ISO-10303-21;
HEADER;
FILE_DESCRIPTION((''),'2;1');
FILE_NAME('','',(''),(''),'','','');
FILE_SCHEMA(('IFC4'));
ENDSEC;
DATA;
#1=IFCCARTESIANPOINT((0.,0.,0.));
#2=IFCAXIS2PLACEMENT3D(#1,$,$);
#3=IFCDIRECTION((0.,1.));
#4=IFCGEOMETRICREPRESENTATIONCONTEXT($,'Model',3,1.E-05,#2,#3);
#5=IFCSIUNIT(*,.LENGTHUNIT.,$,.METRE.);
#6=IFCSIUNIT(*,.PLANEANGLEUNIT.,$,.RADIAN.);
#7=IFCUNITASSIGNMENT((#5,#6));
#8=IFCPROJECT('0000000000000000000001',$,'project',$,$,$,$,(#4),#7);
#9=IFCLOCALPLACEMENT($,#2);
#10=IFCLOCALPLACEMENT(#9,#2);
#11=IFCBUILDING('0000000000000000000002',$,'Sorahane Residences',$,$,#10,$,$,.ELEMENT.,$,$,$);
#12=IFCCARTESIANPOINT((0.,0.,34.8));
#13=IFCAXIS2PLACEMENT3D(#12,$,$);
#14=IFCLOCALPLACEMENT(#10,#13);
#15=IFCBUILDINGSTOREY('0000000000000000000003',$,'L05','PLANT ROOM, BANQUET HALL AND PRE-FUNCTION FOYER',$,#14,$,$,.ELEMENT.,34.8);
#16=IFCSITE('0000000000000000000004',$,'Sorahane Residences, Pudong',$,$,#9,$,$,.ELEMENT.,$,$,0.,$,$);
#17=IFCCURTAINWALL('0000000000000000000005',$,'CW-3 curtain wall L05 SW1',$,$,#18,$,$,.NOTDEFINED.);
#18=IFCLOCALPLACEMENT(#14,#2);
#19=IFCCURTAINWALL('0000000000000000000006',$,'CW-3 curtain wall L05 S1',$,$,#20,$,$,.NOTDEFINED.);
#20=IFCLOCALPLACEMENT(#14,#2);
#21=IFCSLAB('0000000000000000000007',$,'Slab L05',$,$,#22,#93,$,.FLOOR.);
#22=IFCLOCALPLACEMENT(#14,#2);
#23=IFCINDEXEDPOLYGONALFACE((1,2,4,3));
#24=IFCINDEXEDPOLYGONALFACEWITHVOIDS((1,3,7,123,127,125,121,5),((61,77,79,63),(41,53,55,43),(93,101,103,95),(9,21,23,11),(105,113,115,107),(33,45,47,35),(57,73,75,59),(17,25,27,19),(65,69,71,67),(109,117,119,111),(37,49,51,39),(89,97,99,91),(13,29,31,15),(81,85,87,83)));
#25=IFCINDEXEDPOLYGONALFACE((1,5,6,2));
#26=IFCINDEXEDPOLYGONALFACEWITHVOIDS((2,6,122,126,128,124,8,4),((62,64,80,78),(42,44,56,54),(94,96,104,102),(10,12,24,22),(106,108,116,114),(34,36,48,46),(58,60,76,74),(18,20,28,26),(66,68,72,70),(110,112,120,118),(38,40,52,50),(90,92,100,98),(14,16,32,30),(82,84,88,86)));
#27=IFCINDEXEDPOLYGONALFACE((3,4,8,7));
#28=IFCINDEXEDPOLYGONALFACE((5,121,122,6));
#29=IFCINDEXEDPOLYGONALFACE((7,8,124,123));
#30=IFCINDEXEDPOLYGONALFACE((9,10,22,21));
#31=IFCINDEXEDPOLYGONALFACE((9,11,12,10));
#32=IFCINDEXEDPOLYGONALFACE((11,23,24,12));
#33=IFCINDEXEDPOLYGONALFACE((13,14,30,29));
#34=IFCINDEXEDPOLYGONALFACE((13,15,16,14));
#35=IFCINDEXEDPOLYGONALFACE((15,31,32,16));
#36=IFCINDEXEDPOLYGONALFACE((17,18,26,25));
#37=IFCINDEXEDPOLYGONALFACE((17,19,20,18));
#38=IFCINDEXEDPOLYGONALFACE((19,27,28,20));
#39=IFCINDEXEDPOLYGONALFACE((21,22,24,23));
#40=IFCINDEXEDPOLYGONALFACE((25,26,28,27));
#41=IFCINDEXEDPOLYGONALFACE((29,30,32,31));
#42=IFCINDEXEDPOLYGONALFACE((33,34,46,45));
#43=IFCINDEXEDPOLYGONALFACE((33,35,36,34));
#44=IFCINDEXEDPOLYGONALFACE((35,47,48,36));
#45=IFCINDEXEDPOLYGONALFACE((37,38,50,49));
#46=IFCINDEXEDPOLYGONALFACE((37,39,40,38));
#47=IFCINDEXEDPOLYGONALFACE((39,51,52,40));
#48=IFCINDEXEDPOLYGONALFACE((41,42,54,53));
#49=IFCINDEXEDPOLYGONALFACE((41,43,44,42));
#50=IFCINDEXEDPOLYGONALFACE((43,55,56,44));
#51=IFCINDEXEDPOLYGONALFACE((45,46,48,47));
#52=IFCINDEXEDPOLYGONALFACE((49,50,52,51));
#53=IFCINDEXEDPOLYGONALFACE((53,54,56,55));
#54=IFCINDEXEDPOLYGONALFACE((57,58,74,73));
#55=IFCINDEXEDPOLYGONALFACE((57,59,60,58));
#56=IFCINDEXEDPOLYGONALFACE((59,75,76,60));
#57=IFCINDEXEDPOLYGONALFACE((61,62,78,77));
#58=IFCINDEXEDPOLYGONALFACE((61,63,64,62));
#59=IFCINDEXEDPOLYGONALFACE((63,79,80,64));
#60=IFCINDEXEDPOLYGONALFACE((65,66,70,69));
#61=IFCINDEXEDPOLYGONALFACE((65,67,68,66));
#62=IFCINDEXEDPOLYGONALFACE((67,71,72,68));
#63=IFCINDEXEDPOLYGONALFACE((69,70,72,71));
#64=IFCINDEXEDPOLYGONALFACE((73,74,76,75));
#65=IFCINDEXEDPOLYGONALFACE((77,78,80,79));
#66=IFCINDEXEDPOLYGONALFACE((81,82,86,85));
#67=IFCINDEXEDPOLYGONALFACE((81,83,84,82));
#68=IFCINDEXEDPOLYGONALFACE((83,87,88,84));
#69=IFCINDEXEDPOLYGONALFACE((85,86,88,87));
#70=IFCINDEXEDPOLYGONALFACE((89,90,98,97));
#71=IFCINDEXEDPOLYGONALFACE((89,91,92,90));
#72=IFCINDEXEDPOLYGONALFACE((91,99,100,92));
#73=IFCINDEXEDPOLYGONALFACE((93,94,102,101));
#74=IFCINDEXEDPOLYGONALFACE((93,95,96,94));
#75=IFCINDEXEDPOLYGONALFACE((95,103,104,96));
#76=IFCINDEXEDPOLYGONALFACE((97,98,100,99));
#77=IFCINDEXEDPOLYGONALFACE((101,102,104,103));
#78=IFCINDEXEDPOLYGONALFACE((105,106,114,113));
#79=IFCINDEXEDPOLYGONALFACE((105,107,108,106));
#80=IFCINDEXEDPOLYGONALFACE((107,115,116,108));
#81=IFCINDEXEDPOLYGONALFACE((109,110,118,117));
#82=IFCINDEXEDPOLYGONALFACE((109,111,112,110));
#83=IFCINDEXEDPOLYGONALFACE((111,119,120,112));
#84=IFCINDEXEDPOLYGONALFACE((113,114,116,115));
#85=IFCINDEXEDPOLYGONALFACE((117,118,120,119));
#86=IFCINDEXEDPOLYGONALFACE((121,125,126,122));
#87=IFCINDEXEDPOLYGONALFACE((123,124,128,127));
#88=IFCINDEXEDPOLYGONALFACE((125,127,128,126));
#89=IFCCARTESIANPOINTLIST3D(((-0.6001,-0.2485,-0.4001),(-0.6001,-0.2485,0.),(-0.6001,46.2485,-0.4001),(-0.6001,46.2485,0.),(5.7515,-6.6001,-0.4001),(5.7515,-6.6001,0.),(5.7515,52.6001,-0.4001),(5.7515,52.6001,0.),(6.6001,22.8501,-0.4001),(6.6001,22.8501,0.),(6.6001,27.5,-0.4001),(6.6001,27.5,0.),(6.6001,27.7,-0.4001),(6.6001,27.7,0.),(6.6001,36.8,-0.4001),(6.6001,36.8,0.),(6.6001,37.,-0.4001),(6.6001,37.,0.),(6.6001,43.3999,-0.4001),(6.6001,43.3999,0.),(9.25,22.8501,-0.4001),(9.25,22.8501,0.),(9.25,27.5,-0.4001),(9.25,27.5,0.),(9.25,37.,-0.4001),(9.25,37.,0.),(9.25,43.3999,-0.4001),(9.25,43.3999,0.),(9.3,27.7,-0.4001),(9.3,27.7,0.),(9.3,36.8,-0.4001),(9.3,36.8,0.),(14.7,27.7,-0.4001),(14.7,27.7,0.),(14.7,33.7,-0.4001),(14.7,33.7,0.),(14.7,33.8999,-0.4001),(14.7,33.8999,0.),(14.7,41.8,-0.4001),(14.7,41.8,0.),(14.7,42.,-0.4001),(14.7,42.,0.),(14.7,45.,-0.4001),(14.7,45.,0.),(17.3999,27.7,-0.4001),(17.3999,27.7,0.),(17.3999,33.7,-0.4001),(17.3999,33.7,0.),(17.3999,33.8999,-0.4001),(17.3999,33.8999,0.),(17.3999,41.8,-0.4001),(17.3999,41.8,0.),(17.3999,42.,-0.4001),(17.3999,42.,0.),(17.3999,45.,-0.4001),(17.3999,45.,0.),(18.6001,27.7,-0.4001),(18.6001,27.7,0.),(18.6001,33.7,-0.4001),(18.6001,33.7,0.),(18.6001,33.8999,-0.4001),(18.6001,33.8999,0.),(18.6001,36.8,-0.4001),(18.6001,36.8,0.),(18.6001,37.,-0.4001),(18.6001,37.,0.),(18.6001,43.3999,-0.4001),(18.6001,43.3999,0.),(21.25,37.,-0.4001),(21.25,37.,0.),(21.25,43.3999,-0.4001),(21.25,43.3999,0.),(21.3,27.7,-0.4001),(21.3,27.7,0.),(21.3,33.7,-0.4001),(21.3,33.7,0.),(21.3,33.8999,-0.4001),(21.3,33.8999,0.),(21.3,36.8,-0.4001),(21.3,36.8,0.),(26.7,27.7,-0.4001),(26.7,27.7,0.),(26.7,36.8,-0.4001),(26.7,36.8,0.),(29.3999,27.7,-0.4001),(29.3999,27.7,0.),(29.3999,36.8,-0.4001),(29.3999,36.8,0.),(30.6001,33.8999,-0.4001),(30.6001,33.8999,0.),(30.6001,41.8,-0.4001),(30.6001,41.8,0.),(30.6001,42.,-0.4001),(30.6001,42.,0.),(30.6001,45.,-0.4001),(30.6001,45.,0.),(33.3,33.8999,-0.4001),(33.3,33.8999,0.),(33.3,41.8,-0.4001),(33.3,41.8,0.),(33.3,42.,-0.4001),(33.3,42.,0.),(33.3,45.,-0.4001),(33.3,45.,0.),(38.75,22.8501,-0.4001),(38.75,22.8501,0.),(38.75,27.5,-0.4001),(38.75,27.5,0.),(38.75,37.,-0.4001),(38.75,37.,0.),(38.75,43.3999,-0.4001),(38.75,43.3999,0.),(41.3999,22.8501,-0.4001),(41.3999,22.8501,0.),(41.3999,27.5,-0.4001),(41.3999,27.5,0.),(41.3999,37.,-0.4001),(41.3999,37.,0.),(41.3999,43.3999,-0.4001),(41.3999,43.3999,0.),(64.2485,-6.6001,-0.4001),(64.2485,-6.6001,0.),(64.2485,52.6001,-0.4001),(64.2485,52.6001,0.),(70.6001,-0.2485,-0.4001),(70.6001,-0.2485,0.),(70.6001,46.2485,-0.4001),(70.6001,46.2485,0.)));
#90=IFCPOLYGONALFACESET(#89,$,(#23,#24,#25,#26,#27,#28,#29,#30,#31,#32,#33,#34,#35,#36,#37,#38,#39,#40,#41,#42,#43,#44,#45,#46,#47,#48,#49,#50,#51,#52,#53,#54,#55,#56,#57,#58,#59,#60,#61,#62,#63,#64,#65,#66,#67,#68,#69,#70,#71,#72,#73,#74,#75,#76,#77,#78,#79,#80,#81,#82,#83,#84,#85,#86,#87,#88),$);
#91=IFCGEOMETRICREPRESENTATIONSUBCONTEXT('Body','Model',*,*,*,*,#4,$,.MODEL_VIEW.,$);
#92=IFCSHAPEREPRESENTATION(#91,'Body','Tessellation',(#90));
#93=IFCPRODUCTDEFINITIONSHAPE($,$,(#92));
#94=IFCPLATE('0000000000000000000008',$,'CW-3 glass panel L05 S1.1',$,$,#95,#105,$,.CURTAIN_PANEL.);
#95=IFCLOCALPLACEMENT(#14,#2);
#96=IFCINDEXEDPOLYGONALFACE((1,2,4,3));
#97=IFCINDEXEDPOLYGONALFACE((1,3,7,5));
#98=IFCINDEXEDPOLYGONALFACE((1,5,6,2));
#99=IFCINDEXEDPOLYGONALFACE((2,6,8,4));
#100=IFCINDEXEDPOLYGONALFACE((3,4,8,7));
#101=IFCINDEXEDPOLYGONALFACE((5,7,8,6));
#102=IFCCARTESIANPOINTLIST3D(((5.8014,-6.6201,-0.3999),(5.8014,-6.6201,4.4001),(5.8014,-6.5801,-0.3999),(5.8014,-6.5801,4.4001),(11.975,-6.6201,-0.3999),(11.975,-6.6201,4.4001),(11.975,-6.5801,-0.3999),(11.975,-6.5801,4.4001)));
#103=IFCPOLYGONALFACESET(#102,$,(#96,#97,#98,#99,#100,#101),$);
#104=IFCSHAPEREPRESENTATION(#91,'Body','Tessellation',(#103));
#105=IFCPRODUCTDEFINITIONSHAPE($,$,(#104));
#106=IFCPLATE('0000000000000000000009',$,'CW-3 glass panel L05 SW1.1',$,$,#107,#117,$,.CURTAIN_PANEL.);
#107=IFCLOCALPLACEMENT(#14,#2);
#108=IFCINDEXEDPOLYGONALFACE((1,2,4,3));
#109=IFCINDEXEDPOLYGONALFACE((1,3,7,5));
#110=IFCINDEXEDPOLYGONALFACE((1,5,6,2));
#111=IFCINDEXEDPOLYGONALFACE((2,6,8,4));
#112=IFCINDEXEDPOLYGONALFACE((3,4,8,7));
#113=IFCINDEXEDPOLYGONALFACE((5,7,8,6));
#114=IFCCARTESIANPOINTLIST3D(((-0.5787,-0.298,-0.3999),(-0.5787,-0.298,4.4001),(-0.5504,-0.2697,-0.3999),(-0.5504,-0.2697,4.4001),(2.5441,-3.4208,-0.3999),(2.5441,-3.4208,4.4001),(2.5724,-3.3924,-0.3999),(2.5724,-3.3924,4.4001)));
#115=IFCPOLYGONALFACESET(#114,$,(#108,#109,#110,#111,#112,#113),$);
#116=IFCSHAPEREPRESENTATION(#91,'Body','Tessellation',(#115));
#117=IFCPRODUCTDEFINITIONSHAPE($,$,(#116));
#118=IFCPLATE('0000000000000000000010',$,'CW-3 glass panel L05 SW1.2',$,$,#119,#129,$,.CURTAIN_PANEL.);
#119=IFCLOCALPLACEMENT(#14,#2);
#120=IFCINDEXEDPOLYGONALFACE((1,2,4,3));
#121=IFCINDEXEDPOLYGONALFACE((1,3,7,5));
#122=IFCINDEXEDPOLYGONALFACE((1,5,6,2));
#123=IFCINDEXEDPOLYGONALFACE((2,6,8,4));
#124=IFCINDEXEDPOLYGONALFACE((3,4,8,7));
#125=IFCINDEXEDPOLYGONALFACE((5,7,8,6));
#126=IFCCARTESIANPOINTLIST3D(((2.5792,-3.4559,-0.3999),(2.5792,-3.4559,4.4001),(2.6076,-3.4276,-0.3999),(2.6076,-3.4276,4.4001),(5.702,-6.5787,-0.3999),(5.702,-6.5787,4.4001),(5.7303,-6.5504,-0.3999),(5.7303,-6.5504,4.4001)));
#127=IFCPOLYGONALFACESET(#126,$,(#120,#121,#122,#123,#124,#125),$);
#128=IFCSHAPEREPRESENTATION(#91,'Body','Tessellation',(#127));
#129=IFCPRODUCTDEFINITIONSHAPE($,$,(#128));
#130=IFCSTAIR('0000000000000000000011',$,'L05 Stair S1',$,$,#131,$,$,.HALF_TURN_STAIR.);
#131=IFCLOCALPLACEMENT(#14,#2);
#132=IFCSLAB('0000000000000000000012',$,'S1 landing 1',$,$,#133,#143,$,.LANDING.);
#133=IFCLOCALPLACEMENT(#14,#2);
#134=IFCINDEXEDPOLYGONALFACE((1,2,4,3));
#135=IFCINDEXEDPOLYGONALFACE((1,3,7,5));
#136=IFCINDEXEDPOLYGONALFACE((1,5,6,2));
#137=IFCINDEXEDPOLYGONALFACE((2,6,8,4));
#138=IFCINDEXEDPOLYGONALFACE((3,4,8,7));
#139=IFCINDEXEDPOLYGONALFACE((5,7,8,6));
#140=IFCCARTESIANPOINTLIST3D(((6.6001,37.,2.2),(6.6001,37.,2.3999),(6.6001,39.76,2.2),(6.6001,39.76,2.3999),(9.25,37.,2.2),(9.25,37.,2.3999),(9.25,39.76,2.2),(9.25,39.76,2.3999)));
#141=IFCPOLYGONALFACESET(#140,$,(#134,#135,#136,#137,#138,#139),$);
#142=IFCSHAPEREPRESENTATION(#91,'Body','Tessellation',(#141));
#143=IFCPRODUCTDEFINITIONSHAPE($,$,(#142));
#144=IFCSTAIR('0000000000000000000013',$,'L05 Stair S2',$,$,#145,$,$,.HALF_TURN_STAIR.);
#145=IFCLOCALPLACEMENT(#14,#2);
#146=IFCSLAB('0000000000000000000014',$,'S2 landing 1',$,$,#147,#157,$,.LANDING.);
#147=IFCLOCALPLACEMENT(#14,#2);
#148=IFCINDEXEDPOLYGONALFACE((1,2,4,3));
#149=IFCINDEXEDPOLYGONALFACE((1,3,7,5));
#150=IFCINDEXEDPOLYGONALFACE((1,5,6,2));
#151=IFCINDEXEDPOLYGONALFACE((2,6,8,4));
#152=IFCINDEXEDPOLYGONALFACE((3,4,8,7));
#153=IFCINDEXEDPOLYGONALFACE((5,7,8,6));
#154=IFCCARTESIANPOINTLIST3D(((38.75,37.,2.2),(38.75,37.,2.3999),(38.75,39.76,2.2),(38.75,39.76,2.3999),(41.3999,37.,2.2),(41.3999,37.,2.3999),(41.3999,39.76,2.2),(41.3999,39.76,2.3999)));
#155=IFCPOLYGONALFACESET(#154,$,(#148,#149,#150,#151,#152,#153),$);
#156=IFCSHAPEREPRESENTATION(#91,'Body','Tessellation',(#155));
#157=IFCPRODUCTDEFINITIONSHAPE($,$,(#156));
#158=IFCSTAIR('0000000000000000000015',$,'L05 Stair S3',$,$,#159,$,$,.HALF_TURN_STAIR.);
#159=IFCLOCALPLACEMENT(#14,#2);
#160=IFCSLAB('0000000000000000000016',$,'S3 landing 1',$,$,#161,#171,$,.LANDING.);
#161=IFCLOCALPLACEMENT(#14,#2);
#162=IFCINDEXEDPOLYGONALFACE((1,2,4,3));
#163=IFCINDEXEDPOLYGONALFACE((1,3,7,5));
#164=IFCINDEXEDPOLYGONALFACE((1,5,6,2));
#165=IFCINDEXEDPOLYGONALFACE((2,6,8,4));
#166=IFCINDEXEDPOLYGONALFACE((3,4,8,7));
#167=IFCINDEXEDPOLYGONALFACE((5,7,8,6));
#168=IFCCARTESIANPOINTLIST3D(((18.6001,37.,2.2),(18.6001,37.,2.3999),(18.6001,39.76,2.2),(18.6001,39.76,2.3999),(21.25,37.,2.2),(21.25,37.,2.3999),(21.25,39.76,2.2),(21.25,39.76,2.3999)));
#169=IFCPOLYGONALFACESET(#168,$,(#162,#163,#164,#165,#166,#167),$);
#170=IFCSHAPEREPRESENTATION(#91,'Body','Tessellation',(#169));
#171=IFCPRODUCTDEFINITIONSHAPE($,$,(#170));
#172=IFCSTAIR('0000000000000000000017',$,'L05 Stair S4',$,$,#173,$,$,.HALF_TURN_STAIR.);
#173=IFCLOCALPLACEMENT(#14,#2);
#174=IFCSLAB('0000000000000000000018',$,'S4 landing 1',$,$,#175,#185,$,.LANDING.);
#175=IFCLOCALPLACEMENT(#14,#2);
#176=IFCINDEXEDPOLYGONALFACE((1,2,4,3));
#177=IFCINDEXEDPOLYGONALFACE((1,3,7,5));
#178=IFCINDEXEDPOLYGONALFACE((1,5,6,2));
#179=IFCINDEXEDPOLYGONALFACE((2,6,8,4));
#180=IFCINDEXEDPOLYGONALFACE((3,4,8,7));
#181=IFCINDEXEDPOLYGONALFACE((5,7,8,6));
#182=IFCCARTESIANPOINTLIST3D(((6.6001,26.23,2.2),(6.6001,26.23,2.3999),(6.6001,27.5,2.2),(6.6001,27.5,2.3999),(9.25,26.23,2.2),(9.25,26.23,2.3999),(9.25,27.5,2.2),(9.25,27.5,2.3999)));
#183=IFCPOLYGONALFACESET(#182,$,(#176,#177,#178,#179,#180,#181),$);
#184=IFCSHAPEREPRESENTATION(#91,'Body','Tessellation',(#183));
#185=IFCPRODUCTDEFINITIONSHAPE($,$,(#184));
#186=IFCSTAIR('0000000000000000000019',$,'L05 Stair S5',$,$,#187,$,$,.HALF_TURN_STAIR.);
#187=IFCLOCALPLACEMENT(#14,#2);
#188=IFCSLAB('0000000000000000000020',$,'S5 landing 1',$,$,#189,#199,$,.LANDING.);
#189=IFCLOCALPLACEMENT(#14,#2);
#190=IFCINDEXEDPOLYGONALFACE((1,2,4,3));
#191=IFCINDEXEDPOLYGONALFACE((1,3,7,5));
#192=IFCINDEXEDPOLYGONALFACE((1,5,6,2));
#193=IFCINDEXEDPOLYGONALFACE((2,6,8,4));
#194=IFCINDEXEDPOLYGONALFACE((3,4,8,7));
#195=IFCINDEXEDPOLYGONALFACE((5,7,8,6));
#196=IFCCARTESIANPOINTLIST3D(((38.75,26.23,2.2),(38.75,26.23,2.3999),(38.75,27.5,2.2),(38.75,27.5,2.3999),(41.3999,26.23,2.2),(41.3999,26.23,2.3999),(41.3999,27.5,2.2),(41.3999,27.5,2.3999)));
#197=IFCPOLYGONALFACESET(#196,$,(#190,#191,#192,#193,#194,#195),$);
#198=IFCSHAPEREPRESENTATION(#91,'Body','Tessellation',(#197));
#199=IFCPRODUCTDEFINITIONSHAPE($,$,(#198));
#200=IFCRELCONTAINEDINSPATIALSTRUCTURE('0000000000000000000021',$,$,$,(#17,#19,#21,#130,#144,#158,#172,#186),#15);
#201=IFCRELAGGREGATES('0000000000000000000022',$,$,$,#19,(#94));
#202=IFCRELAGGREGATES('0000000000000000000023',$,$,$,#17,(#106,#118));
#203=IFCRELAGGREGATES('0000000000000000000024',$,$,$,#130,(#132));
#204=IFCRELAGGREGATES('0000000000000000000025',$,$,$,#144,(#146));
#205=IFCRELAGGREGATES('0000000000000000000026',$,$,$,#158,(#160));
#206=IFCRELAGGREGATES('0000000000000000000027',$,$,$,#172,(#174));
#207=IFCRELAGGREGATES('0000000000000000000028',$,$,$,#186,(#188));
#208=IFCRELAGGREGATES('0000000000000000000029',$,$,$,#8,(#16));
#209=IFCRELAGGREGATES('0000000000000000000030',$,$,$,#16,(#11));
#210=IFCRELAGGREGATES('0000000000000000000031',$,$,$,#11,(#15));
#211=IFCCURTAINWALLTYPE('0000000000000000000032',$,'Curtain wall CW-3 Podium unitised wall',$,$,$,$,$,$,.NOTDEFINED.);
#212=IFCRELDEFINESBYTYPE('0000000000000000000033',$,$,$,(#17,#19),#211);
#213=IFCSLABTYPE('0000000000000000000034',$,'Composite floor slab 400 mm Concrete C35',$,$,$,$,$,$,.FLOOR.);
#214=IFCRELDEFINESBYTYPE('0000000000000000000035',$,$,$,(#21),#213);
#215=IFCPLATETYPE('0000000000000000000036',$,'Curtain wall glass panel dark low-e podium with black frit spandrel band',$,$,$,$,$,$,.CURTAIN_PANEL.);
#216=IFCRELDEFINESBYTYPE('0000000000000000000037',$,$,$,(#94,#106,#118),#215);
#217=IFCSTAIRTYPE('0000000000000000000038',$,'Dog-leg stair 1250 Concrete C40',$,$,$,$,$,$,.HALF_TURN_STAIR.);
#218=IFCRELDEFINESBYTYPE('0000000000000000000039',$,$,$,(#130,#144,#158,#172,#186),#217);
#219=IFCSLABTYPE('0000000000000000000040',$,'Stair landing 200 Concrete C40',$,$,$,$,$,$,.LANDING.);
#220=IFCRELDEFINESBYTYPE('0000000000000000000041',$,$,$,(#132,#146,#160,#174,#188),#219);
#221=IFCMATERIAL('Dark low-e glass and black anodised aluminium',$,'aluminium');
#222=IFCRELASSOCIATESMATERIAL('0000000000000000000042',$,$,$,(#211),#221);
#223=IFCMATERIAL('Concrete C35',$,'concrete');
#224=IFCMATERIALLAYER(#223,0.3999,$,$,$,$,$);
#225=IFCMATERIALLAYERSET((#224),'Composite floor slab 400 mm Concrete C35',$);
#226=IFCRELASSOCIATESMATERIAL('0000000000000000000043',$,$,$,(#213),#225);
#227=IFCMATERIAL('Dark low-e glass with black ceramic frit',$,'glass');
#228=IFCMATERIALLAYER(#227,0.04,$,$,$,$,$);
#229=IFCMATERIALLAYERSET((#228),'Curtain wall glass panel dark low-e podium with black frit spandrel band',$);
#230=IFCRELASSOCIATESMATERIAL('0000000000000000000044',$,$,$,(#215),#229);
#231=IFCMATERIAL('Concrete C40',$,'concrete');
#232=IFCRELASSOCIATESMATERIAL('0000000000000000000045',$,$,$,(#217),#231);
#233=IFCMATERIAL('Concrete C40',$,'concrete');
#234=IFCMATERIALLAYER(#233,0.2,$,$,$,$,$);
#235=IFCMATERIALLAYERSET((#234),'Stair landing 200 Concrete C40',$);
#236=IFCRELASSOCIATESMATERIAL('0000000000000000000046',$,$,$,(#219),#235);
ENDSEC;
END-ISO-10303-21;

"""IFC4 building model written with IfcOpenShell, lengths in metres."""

from ifc_helpers import new_model, si_unit, direction, frame, origin, origin_2d, place, context, subcontext, project, spatial, polyline, rectangle, outline, extrude, material, layer, layer_set, type_object, element, aggregate, save


model = new_model("IFC4")

# Units and contexts
model_context = context("Model", 3, precision=1e-05, world=origin(), true_north=direction((0.0, 1.0)))
body_context = subcontext(model_context, "Body", "Model", "MODEL_VIEW")
ifc_project = project(units=[si_unit("LENGTHUNIT", "METRE"), si_unit("PLANEANGLEUNIT", "RADIAN")], contexts=[model_context])

# Site, building, storey
site_placement = place(None, origin())
site = spatial("IfcSite", under=ifc_project, at=site_placement, Name="Sorahane Residences, Pudong", CompositionType="ELEMENT", RefElevation=0.0)
building_placement = place(site_placement, origin())
building = spatial("IfcBuilding", under=site, at=building_placement, Name="Sorahane Residences", CompositionType="ELEMENT")
storey_placement = place(building_placement, frame((0.0, 0.0, 34.8)))
storey = spatial("IfcBuildingStorey", under=building, at=storey_placement, Name="L05", Description="PLANT ROOM, BANQUET HALL AND PRE-FUNCTION FOYER", CompositionType="ELEMENT", Elevation=34.8)

# Shared definitions
ifc_material_1 = material(Name="Dark low-e glass and black anodised aluminium", Category="aluminium")
curtain_wall_type = type_object("IfcCurtainWallType", Name="Curtain wall CW-3 Podium unitised wall", PredefinedType="NOTDEFINED", material=ifc_material_1)

# Curtain wall
curtain_wall_1_placement = place(storey_placement, origin())
curtain_wall_1 = element("IfcCurtainWall", 1, at=curtain_wall_1_placement, inside=storey, type_object=curtain_wall_type, Name="CW-3 curtain wall L05 SW1", PredefinedType="NOTDEFINED")

# Curtain wall
curtain_wall_2_placement = place(storey_placement, origin())
curtain_wall_2 = element("IfcCurtainWall", 2, at=curtain_wall_2_placement, inside=storey, type_object=curtain_wall_type, Name="CW-3 curtain wall L05 S1", PredefinedType="NOTDEFINED")

# Slab
ifc_material_2 = material(Name="Concrete C35", Category="concrete")
ifc_layer_1 = layer(ifc_material_2, 0.3999)
ifc_layer_set_1 = layer_set([ifc_layer_1], Name="Composite floor slab 400 mm Concrete C35")
slab_type_1 = type_object("IfcSlabType", Name="Composite floor slab 400 mm Concrete C35", PredefinedType="FLOOR", material=ifc_layer_set_1)
slab_1_placement = place(storey_placement, frame((0.0, 0.0, -0.4001)))
element("IfcSlab", 3, at=slab_1_placement, inside=storey, type_object=slab_type_1, Name="Slab L05", PredefinedType="FLOOR", context=body_context, shape_type="SweptSolid", body=[
    extrude(outline(polyline([(5.7515, -6.6001), (-0.6001, -0.2485), (-0.6001, 46.2485), (5.7515, 52.6001), (64.2485, 52.6001), (70.6001, 46.2485), (70.6001, -0.2485), (64.2485, -6.6001), (5.7515, -6.6001)]), holes=[polyline([(18.6001, 27.7), (21.3, 27.7), (21.3, 33.7), (18.6001, 33.7), (18.6001, 27.7)]), polyline([(30.6001, 42.0), (33.3, 42.0), (33.3, 45.0), (30.6001, 45.0), (30.6001, 42.0)]), polyline([(14.7, 27.7), (17.3999, 27.7), (17.3999, 33.7), (14.7, 33.7), (14.7, 27.7)]), polyline([(14.7, 42.0), (17.3999, 42.0), (17.3999, 45.0), (14.7, 45.0), (14.7, 42.0)]), polyline([(6.6001, 27.7), (9.3, 27.7), (9.3, 36.8), (6.6001, 36.8), (6.6001, 27.7)]), polyline([(6.6001, 43.3999), (6.6001, 37.0), (9.25, 37.0), (9.25, 43.3999), (6.6001, 43.3999)]), polyline([(38.75, 43.3999), (38.75, 37.0), (41.3999, 37.0), (41.3999, 43.3999), (38.75, 43.3999)]), polyline([(18.6001, 43.3999), (18.6001, 37.0), (21.25, 37.0), (21.25, 43.3999), (18.6001, 43.3999)]), polyline([(9.25, 22.8501), (9.25, 27.5), (6.6001, 27.5), (6.6001, 22.8501), (9.25, 22.8501)]), polyline([(41.3999, 22.8501), (41.3999, 27.5), (38.75, 27.5), (38.75, 22.8501), (41.3999, 22.8501)]), polyline([(14.7, 33.8999), (17.3999, 33.8999), (17.3999, 41.8), (14.7, 41.8), (14.7, 33.8999)]), polyline([(30.6001, 33.8999), (33.3, 33.8999), (33.3, 41.8), (30.6001, 41.8), (30.6001, 33.8999)]), polyline([(18.6001, 33.8999), (21.3, 33.8999), (21.3, 36.8), (18.6001, 36.8), (18.6001, 33.8999)]), polyline([(26.7, 27.7), (29.3999, 27.7), (29.3999, 36.8), (26.7, 36.8), (26.7, 27.7)])]), origin(), (0.0, 0.0, 1.0), 0.4001),
])

# Plates
ifc_material_3 = material(Name="Dark low-e glass with black ceramic frit", Category="glass")
ifc_layer_2 = layer(ifc_material_3, 0.04)
ifc_layer_set_2 = layer_set([ifc_layer_2], Name="Curtain wall glass panel dark low-e podium with black frit spandrel band")
plate_type = type_object("IfcPlateType", Name="Curtain wall glass panel dark low-e podium with black frit spandrel band", PredefinedType="CURTAIN_PANEL", material=ifc_layer_set_2)
plate_1_placement = place(storey_placement, frame((8.8882, -6.6001, -0.3999), z_axis=(0.0, 0.0, 1.0), x_axis=(1.0, 0.0, 0.0)))
plate_1 = element("IfcPlate", 4, at=plate_1_placement, type_object=plate_type, Name="CW-3 glass panel L05 S1.1", PredefinedType="CURTAIN_PANEL", context=body_context, shape_type="SweptSolid", body=[
    extrude(rectangle(XDim=6.1736, YDim=0.04, at=origin_2d()), origin(), (0.0, 0.0, 1.0), 4.8),
])
aggregate(curtain_wall_2, [plate_1])
plate_2_placement = place(storey_placement, frame((0.9968, -1.8452, -0.3999), z_axis=(0.0, 0.0, 1.0), x_axis=(0.707107, -0.707107, 0.0)))
plate_2 = element("IfcPlate", 5, at=plate_2_placement, type_object=plate_type, Name="CW-3 glass panel L05 SW1.1", PredefinedType="CURTAIN_PANEL", context=body_context, shape_type="SweptSolid", body=[
    extrude(rectangle(XDim=4.4163, YDim=0.04, at=origin_2d()), origin(), (0.0, 0.0, 1.0), 4.8),
])
plate_3_placement = place(storey_placement, frame((4.1548, -5.0032, -0.3999), z_axis=(0.0, 0.0, 1.0), x_axis=(0.707107, -0.707107, 0.0)))
plate_3 = element("IfcPlate", 6, at=plate_3_placement, type_object=plate_type, Name="CW-3 glass panel L05 SW1.2", PredefinedType="CURTAIN_PANEL", context=body_context, shape_type="SweptSolid", body=[
    extrude(rectangle(XDim=4.4163, YDim=0.04, at=origin_2d()), origin(), (0.0, 0.0, 1.0), 4.8),
])
aggregate(curtain_wall_1, [plate_2, plate_3])

# Stairs, slabs
ifc_material_4 = material(Name="Concrete C40", Category="concrete")
stair_type = type_object("IfcStairType", Name="Dog-leg stair 1250 Concrete C40", PredefinedType="HALF_TURN_STAIR", material=ifc_material_4)
stair_1_placement = place(storey_placement, origin())
stair_1 = element("IfcStair", 7, at=stair_1_placement, inside=storey, type_object=stair_type, Name="L05 Stair S1", PredefinedType="HALF_TURN_STAIR")
ifc_material_5 = material(Name="Concrete C40", Category="concrete")
ifc_layer_3 = layer(ifc_material_5, 0.2)
ifc_layer_set_3 = layer_set([ifc_layer_3], Name="Stair landing 200 Concrete C40")
slab_type_2 = type_object("IfcSlabType", Name="Stair landing 200 Concrete C40", PredefinedType="LANDING", material=ifc_layer_set_3)
slab_2_placement = place(storey_placement, frame((0.0, 0.0, 2.2)))
slab_2 = element("IfcSlab", 8, at=slab_2_placement, type_object=slab_type_2, Name="S1 landing 1", PredefinedType="LANDING", context=body_context, shape_type="SweptSolid", body=[
    extrude(outline(polyline([(6.6001, 39.76), (6.6001, 37.0), (9.25, 37.0), (9.25, 39.76), (6.6001, 39.76)])), origin(), (0.0, 0.0, 1.0), 0.2),
])
aggregate(stair_1, [slab_2])
stair_2_placement = place(storey_placement, origin())
stair_2 = element("IfcStair", 9, at=stair_2_placement, inside=storey, type_object=stair_type, Name="L05 Stair S2", PredefinedType="HALF_TURN_STAIR")
slab_3_placement = place(storey_placement, frame((0.0, 0.0, 2.2)))
slab_3 = element("IfcSlab", 10, at=slab_3_placement, type_object=slab_type_2, Name="S2 landing 1", PredefinedType="LANDING", context=body_context, shape_type="SweptSolid", body=[
    extrude(outline(polyline([(38.75, 39.76), (38.75, 37.0), (41.3999, 37.0), (41.3999, 39.76), (38.75, 39.76)])), origin(), (0.0, 0.0, 1.0), 0.2),
])
aggregate(stair_2, [slab_3])
stair_3_placement = place(storey_placement, origin())
stair_3 = element("IfcStair", 11, at=stair_3_placement, inside=storey, type_object=stair_type, Name="L05 Stair S3", PredefinedType="HALF_TURN_STAIR")
slab_4_placement = place(storey_placement, frame((0.0, 0.0, 2.2)))
slab_4 = element("IfcSlab", 12, at=slab_4_placement, type_object=slab_type_2, Name="S3 landing 1", PredefinedType="LANDING", context=body_context, shape_type="SweptSolid", body=[
    extrude(outline(polyline([(18.6001, 39.76), (18.6001, 37.0), (21.25, 37.0), (21.25, 39.76), (18.6001, 39.76)])), origin(), (0.0, 0.0, 1.0), 0.2),
])
aggregate(stair_3, [slab_4])
stair_4_placement = place(storey_placement, origin())
stair_4 = element("IfcStair", 13, at=stair_4_placement, inside=storey, type_object=stair_type, Name="L05 Stair S4", PredefinedType="HALF_TURN_STAIR")
slab_5_placement = place(storey_placement, frame((0.0, 0.0, 2.2)))
slab_5 = element("IfcSlab", 14, at=slab_5_placement, type_object=slab_type_2, Name="S4 landing 1", PredefinedType="LANDING", context=body_context, shape_type="SweptSolid", body=[
    extrude(outline(polyline([(9.25, 26.23), (9.25, 27.5), (6.6001, 27.5), (6.6001, 26.23), (9.25, 26.23)])), origin(), (0.0, 0.0, 1.0), 0.2),
])
aggregate(stair_4, [slab_5])
stair_5_placement = place(storey_placement, origin())
stair_5 = element("IfcStair", 15, at=stair_5_placement, inside=storey, type_object=stair_type, Name="L05 Stair S5", PredefinedType="HALF_TURN_STAIR")
slab_6_placement = place(storey_placement, frame((0.0, 0.0, 2.2)))
slab_6 = element("IfcSlab", 16, at=slab_6_placement, type_object=slab_type_2, Name="S5 landing 1", PredefinedType="LANDING", context=body_context, shape_type="SweptSolid", body=[
    extrude(outline(polyline([(41.3999, 26.23), (41.3999, 27.5), (38.75, 27.5), (38.75, 26.23), (41.3999, 26.23)])), origin(), (0.0, 0.0, 1.0), 0.2),
])
aggregate(stair_5, [slab_6])

save(model, "model.ifc")
